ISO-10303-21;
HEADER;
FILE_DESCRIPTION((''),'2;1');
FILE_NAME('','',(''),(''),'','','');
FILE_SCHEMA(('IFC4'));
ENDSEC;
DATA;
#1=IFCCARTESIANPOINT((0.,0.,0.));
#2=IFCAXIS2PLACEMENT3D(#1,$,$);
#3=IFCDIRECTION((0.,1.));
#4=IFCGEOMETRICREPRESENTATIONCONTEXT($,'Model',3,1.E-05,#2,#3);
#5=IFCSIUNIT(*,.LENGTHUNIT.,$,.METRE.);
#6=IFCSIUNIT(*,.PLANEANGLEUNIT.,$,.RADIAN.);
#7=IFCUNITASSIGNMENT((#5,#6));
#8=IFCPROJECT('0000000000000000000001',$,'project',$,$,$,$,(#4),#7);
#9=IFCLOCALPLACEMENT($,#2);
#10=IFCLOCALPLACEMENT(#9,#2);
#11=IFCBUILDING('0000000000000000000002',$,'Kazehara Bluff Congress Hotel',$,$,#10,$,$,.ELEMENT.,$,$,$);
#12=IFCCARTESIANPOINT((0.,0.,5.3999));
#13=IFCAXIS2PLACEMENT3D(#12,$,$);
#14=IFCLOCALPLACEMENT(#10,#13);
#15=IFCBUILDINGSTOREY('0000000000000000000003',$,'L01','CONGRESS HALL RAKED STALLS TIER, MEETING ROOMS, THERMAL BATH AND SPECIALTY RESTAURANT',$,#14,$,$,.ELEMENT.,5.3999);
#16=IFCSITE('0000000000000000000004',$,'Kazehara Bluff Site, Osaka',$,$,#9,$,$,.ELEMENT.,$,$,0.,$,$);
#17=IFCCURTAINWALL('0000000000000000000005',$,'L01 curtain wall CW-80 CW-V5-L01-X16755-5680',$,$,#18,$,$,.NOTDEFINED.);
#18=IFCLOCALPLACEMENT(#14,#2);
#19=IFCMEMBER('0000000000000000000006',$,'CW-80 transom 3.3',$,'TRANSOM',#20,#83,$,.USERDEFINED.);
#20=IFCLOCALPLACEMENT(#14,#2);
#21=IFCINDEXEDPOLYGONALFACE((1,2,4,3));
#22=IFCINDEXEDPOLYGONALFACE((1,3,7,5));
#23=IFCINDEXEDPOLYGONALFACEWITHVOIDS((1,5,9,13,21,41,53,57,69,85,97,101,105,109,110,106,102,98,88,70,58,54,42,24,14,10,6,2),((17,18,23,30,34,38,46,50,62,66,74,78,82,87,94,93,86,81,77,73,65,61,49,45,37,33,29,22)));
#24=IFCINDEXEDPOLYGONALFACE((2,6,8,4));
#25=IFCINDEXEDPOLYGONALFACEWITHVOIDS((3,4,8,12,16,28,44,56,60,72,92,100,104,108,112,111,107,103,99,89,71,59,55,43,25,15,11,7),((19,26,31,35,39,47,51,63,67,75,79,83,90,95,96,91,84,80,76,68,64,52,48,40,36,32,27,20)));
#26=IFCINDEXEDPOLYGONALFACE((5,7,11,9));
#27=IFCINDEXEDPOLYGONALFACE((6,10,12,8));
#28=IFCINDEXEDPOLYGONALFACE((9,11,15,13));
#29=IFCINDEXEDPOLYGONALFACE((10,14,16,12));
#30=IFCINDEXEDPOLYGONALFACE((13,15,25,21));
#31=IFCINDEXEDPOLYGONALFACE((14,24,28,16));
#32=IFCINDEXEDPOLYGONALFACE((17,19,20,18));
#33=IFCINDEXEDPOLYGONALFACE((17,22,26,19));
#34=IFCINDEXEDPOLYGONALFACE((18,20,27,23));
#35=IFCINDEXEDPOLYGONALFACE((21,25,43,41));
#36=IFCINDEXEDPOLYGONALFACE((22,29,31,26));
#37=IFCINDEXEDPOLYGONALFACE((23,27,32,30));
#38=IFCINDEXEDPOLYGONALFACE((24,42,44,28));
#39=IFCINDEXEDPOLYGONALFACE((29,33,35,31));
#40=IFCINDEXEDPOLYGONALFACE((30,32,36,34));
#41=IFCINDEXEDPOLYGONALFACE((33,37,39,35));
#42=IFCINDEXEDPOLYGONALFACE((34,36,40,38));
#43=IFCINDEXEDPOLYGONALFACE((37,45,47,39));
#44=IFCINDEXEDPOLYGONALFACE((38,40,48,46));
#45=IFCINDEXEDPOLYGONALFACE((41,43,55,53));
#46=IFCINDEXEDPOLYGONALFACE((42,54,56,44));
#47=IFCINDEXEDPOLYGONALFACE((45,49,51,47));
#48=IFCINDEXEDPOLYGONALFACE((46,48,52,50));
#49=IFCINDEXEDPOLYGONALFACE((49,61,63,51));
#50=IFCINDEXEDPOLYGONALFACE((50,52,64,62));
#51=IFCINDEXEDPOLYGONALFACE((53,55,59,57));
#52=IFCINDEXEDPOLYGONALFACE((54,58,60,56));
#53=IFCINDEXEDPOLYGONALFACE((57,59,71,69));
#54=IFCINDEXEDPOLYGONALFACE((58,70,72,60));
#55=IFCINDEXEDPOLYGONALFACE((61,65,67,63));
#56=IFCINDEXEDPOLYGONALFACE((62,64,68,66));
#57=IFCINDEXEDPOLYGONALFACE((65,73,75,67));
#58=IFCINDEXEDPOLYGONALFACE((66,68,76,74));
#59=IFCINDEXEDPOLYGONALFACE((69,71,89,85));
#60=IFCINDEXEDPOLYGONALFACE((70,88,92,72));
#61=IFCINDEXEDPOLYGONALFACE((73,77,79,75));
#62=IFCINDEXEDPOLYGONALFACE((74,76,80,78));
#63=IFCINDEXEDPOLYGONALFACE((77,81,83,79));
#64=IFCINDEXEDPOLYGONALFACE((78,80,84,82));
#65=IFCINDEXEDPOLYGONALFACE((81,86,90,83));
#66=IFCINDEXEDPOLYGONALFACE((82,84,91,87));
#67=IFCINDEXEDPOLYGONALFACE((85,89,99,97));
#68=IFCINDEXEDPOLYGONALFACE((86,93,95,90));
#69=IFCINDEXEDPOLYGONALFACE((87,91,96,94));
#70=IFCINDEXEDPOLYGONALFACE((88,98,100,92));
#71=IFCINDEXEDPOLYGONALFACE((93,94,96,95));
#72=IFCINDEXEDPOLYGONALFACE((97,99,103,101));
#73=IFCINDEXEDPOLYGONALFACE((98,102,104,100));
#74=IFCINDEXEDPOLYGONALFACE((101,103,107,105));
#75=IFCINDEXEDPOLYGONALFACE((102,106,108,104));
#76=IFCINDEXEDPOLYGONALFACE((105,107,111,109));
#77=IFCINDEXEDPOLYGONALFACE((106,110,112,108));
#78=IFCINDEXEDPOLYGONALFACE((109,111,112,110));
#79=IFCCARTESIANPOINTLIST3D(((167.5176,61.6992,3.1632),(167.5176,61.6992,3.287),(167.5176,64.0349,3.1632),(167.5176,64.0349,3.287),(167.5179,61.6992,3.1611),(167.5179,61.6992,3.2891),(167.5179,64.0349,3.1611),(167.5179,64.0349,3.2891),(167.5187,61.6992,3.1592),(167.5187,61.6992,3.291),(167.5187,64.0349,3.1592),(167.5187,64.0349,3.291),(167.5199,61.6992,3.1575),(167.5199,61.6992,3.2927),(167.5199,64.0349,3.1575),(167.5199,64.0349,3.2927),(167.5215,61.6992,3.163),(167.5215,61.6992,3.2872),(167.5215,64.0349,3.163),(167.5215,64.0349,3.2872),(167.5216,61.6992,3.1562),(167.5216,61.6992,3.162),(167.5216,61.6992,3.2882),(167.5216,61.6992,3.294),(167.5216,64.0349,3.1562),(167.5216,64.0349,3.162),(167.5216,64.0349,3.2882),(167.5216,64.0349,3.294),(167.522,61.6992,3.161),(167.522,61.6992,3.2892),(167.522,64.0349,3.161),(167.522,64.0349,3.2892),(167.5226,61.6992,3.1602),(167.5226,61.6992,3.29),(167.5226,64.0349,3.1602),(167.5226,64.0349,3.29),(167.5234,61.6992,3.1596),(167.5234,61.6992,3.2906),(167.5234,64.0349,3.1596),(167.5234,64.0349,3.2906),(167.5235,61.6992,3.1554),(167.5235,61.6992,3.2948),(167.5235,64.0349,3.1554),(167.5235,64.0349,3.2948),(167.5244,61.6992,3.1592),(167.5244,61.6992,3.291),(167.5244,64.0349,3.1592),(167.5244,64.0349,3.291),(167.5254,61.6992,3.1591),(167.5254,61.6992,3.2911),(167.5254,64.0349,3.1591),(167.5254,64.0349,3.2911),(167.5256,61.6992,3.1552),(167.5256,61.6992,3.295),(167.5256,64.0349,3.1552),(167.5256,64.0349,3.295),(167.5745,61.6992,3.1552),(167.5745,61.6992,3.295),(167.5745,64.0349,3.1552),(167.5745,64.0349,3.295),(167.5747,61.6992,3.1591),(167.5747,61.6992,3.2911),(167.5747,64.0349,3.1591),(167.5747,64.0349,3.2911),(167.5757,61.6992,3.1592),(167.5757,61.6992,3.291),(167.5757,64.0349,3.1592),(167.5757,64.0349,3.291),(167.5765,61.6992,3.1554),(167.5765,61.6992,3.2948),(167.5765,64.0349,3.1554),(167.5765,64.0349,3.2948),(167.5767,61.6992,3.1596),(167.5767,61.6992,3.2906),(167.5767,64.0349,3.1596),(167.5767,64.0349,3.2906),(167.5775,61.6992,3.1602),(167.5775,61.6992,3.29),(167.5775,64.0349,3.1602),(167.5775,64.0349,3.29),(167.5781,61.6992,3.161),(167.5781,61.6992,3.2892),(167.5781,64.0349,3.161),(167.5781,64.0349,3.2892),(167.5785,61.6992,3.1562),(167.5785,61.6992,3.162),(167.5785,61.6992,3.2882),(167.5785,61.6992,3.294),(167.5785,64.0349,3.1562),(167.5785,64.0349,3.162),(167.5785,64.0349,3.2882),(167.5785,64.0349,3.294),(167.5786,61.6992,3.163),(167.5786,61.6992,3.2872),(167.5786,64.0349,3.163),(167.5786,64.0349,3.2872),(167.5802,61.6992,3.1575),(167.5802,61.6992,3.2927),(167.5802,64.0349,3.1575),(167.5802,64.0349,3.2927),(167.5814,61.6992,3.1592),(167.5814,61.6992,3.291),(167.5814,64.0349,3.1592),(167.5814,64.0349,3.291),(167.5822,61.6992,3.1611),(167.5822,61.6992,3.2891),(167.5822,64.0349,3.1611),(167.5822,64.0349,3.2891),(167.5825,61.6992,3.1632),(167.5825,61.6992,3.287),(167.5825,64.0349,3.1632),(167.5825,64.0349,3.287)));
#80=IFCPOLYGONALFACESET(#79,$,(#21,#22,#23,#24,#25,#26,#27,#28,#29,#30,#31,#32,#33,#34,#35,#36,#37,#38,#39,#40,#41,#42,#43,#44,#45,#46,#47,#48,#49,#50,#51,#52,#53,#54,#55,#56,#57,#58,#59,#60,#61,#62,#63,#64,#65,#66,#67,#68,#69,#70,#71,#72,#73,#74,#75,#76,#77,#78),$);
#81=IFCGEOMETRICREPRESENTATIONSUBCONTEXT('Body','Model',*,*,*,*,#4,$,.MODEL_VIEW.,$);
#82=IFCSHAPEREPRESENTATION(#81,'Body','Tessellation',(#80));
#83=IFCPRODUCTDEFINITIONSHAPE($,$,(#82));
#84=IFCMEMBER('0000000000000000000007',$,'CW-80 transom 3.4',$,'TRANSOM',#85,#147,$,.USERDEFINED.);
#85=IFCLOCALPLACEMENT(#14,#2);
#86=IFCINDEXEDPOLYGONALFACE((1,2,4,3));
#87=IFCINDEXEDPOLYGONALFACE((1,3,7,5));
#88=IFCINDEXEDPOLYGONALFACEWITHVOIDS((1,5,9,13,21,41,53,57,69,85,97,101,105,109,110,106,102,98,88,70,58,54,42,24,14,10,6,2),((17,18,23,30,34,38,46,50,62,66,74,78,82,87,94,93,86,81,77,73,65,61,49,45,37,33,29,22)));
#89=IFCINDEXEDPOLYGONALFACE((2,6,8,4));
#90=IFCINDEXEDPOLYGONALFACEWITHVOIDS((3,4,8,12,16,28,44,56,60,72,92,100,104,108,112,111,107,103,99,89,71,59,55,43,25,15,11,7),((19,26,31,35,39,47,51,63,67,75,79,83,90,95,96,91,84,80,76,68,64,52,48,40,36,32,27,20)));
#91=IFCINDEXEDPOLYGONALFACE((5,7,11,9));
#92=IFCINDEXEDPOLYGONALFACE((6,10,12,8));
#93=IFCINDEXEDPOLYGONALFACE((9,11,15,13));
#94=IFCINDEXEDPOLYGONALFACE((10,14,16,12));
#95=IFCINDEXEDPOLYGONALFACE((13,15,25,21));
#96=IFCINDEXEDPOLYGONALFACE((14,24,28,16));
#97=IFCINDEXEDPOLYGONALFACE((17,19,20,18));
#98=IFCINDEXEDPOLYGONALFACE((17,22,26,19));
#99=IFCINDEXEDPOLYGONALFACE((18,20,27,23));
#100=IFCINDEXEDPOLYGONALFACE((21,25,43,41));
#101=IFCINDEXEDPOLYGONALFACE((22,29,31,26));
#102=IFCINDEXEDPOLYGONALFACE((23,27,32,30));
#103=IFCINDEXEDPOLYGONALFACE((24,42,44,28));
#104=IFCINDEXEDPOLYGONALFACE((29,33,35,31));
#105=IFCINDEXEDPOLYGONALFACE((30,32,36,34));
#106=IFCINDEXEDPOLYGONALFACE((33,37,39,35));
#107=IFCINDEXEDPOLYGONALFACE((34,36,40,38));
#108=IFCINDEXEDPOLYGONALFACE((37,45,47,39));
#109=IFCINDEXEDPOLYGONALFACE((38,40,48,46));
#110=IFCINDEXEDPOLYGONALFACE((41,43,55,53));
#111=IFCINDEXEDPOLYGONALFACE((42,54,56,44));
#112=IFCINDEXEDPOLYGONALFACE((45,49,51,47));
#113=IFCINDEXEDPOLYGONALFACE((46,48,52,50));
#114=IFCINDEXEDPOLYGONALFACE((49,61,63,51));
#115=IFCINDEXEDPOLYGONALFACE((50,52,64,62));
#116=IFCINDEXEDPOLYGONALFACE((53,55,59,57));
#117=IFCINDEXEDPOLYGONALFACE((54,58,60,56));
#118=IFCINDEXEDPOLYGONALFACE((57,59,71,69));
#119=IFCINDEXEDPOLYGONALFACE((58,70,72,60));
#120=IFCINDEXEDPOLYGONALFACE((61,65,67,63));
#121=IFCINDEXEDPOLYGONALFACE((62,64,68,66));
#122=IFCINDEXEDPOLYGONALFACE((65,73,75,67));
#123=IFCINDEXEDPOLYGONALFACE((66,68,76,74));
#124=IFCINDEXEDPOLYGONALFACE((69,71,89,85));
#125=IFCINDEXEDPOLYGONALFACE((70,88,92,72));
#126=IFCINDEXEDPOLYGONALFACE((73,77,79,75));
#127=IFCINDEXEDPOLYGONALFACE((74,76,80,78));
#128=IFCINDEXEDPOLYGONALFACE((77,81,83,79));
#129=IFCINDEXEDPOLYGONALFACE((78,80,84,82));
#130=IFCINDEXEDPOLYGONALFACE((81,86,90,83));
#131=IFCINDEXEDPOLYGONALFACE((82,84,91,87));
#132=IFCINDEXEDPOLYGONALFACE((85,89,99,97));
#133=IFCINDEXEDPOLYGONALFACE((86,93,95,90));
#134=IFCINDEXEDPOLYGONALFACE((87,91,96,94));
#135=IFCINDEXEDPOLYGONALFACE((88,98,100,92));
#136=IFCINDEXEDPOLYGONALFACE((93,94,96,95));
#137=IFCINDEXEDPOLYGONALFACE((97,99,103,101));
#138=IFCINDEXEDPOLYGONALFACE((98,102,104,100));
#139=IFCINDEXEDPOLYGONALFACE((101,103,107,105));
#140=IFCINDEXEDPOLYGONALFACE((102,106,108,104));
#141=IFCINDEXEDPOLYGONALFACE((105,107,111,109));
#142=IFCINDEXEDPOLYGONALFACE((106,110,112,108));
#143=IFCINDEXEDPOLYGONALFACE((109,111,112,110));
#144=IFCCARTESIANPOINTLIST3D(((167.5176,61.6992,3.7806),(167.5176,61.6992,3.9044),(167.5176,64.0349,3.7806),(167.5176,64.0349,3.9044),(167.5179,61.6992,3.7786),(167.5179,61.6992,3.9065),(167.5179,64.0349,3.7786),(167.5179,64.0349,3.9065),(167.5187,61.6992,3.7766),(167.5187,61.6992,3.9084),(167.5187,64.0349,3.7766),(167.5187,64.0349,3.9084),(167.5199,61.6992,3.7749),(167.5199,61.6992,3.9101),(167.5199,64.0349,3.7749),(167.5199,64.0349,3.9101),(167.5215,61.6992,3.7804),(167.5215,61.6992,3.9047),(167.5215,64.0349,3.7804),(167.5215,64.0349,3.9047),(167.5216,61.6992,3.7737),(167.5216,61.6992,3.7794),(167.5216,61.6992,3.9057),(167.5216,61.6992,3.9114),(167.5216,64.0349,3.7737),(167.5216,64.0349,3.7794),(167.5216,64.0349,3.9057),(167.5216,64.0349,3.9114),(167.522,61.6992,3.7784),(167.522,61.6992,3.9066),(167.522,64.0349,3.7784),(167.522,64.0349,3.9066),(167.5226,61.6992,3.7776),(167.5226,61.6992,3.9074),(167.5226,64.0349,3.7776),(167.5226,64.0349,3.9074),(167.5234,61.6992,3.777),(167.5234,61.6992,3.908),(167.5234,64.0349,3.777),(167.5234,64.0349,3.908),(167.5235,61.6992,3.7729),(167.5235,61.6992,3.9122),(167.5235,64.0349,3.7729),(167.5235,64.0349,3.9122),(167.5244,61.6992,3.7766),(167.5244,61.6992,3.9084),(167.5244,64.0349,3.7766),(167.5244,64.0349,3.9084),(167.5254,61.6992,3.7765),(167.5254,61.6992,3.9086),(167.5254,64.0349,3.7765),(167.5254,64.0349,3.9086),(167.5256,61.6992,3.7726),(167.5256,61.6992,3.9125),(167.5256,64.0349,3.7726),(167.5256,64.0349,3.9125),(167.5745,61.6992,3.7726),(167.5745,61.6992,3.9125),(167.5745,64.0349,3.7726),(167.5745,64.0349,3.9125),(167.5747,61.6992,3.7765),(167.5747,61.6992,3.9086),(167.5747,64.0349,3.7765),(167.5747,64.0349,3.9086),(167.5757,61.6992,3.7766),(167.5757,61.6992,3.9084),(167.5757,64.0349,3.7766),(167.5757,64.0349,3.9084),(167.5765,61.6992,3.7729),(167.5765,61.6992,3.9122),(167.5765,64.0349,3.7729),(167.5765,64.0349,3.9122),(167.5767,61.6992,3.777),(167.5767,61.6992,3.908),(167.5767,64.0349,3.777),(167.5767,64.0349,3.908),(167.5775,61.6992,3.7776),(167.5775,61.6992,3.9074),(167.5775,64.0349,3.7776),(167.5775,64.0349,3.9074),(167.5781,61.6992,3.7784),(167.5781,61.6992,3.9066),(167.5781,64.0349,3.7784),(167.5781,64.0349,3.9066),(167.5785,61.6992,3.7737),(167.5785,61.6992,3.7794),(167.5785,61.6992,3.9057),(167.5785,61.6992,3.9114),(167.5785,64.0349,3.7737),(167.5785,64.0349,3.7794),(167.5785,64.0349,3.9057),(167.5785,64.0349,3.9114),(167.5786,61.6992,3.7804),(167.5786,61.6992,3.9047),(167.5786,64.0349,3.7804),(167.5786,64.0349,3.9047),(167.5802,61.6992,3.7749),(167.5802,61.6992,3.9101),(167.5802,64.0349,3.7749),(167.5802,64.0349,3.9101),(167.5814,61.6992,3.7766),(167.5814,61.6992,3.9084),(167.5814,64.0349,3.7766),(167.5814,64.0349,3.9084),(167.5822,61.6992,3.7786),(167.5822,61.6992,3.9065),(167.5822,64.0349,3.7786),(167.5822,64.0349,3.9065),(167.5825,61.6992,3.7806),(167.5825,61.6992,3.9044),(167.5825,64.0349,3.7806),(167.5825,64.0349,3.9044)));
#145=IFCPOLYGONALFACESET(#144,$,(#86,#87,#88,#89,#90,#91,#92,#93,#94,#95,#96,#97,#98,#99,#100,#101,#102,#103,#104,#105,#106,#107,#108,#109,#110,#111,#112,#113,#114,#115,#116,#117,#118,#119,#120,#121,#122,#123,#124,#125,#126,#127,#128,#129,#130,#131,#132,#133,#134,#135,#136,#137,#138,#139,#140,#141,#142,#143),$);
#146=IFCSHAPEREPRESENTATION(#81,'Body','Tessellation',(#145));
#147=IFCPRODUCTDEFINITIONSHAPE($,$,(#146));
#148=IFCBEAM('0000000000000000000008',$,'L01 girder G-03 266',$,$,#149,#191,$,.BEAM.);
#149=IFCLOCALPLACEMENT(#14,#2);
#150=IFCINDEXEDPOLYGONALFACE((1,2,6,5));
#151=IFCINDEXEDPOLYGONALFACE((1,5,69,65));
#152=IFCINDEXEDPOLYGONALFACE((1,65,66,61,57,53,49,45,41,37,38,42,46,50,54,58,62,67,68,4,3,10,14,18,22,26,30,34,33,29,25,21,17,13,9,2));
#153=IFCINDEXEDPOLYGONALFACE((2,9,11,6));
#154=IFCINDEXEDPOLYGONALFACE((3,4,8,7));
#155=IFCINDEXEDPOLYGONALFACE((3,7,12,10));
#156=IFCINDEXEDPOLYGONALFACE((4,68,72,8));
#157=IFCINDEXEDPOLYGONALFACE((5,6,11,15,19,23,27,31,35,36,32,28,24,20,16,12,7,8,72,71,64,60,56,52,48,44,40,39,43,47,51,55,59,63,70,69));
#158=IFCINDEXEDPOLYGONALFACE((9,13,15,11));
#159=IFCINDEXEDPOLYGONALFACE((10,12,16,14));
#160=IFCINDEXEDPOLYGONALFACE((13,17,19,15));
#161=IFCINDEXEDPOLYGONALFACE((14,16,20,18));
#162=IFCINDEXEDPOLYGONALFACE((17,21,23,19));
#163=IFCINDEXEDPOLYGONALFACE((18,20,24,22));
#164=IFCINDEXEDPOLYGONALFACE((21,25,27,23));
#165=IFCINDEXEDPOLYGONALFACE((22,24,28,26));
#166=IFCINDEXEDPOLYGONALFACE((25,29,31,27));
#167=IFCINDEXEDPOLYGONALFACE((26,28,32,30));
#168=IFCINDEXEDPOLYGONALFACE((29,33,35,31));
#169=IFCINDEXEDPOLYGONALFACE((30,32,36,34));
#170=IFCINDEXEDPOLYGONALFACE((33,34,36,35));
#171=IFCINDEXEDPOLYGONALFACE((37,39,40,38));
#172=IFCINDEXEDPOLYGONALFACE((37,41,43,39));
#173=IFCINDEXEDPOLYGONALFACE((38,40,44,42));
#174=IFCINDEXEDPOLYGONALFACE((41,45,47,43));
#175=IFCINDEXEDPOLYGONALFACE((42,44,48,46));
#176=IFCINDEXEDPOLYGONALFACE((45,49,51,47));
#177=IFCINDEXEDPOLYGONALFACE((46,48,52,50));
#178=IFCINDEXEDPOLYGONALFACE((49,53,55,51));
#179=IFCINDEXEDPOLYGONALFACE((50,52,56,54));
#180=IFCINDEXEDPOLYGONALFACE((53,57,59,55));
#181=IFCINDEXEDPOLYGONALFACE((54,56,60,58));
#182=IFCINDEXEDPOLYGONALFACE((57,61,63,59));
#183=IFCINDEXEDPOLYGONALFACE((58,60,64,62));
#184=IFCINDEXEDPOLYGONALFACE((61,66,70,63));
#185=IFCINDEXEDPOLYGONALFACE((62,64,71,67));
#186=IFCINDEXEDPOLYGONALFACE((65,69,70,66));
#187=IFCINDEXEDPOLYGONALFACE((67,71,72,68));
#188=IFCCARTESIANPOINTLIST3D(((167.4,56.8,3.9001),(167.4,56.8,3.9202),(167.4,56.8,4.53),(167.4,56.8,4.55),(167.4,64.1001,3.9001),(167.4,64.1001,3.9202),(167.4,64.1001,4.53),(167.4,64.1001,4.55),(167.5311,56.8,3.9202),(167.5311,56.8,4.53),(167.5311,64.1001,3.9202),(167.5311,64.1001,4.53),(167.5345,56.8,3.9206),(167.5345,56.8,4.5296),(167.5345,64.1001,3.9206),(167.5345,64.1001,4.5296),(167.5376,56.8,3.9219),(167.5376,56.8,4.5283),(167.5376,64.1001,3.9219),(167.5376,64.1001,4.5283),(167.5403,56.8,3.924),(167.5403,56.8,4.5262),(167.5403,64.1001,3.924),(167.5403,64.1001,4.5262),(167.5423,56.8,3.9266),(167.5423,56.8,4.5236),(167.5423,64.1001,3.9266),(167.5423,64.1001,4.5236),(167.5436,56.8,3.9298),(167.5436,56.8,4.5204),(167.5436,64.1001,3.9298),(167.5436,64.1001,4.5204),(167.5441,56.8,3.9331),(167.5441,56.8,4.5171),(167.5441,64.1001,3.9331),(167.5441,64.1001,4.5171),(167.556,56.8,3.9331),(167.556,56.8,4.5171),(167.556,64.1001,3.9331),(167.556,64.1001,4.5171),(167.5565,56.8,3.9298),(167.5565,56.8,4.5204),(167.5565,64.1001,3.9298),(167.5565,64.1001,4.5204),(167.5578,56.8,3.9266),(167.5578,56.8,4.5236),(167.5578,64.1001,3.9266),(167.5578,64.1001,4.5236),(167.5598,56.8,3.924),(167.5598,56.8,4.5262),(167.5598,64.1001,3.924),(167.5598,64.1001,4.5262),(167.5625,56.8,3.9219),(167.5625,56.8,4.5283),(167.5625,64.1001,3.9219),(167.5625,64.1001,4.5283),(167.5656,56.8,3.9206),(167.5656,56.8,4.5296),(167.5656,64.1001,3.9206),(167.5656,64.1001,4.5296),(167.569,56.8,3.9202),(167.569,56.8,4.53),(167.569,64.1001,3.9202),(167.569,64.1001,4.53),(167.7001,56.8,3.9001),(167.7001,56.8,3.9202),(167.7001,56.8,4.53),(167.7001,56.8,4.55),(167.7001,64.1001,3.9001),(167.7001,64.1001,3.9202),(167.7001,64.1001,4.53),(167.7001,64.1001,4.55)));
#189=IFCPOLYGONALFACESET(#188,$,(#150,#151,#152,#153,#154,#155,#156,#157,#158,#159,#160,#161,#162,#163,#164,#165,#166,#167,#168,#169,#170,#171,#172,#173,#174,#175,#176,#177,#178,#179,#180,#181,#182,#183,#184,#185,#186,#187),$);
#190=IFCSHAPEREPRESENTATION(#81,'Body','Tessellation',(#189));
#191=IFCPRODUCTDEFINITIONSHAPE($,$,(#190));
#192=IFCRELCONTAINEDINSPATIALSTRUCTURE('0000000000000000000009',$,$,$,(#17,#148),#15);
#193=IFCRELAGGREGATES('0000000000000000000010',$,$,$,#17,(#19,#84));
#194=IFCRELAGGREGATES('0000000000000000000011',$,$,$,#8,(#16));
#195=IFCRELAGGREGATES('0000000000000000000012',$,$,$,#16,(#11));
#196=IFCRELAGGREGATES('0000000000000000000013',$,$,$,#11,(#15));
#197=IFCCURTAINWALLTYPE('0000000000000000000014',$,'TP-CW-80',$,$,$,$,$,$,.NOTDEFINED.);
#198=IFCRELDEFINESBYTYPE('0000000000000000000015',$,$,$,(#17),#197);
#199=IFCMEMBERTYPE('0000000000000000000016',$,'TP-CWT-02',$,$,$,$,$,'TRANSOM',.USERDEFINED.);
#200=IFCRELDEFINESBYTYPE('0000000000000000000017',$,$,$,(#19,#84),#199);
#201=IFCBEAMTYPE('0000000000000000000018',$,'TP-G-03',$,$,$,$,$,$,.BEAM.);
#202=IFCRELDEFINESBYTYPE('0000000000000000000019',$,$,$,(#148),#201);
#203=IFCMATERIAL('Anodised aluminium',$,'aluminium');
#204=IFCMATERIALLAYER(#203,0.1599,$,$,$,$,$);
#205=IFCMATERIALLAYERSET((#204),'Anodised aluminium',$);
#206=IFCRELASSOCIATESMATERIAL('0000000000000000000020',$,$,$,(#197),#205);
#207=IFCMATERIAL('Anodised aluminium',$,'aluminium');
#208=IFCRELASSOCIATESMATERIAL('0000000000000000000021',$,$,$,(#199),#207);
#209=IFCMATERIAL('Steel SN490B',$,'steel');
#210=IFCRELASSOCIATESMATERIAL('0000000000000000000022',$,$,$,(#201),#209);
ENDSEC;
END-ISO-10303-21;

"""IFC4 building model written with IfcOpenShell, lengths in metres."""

from ifc_helpers import new_model, si_unit, direction, frame, origin, origin_2d, place, context, subcontext, project, spatial, hollow_rectangle, i_section, extrude, material, layer, layer_set, material_profile, profile_set, type_object, element, aggregate, save


model = new_model("IFC4")

# Units and contexts
model_context = context("Model", 3, precision=1e-05, world=origin(), true_north=direction((0.0, 1.0)))
body_context = subcontext(model_context, "Body", "Model", "MODEL_VIEW")
ifc_project = project(units=[si_unit("LENGTHUNIT", "METRE"), si_unit("PLANEANGLEUNIT", "RADIAN")], contexts=[model_context])

# Site, building, storey
site_placement = place(None, origin())
site = spatial("IfcSite", under=ifc_project, at=site_placement, Name="Kazehara Bluff Site, Osaka", CompositionType="ELEMENT", RefElevation=0.0)
building_placement = place(site_placement, origin())
building = spatial("IfcBuilding", under=site, at=building_placement, Name="Kazehara Bluff Congress Hotel", CompositionType="ELEMENT")
storey_placement = place(building_placement, frame((0.0, 0.0, 5.3999)))
storey = spatial("IfcBuildingStorey", under=building, at=storey_placement, Name="L01", Description="CONGRESS HALL RAKED STALLS TIER, MEETING ROOMS, THERMAL BATH AND SPECIALTY RESTAURANT", CompositionType="ELEMENT", Elevation=5.3999)

# Shared definitions
ifc_material_1 = material(Name="Anodised aluminium", Category="aluminium")
ifc_layer_1 = layer(ifc_material_1, 0.1599)
ifc_layer_set_1 = layer_set([ifc_layer_1], Name="Anodised aluminium")
curtain_wall_type = type_object("IfcCurtainWallType", Name="TP-CW-80", PredefinedType="NOTDEFINED", material=ifc_layer_set_1)

# Curtain wall
curtain_wall_1_placement = place(storey_placement, origin())
curtain_wall_1 = element("IfcCurtainWall", 1, at=curtain_wall_1_placement, inside=storey, type_object=curtain_wall_type, Name="L01 curtain wall CW-80 CW-V5-L01-X16755-5680", PredefinedType="NOTDEFINED")

# Members
ifc_material_2 = material(Name="Anodised aluminium", Category="aluminium")
ifc_material_profile_1 = material_profile(ifc_material_2, hollow_rectangle(XDim=0.0649, YDim=0.1399, WallThickness=0.0039, InnerFilletRadius=0.0039, OuterFilletRadius=0.0081, at=origin_2d()))
ifc_profile_set_1 = profile_set([ifc_material_profile_1], Name="Anodised aluminium")
member_type_1 = type_object("IfcMemberType", Name="TP-CWT-02", ElementType="TRANSOM", PredefinedType="USERDEFINED", material=ifc_profile_set_1)
member_1_placement = place(storey_placement, frame((167.55, 61.6992, 3.2251), z_axis=(0.0, 1.0, 0.0), x_axis=(-1.0, 0.0, 0.0)))
member_1 = element("IfcMember", 2, at=member_1_placement, type_object=member_type_1, Name="CW-80 transom 3.3", ObjectType="TRANSOM", PredefinedType="USERDEFINED", context=body_context, shape_type="SweptSolid", body=[
    extrude(hollow_rectangle(XDim=0.0649, YDim=0.1399, WallThickness=0.0039, InnerFilletRadius=0.0039, OuterFilletRadius=0.0081, at=origin_2d()), origin(), (0.0, 0.0, 1.0), 2.3357),
])
member_2_placement = place(storey_placement, frame((167.55, 61.6992, 3.8425), z_axis=(0.0, 1.0, 0.0), x_axis=(-1.0, 0.0, 0.0)))
member_2 = element("IfcMember", 3, at=member_2_placement, type_object=member_type_1, Name="CW-80 transom 3.4", ObjectType="TRANSOM", PredefinedType="USERDEFINED", context=body_context, shape_type="SweptSolid", body=[
    extrude(hollow_rectangle(XDim=0.0649, YDim=0.1399, WallThickness=0.0039, InnerFilletRadius=0.0039, OuterFilletRadius=0.0081, at=origin_2d()), origin(), (0.0, 0.0, 1.0), 2.3357),
])

# Beam
ifc_material_3 = material(Name="Steel SN490B", Category="steel")
ifc_material_profile_2 = material_profile(ifc_material_3, i_section(OverallWidth=0.3, OverallDepth=0.6499, WebThickness=0.012, FlangeThickness=0.02, FilletRadius=0.0129, at=origin_2d()))
ifc_profile_set_2 = profile_set([ifc_material_profile_2], Name="Steel SN490B")
beam_type = type_object("IfcBeamType", Name="TP-G-03", PredefinedType="BEAM", material=ifc_profile_set_2)
beam_placement = place(storey_placement, frame((167.55, 56.8, 4.2251), z_axis=(0.0, 1.0, 0.0), x_axis=(-1.0, 0.0, 0.0)))
element("IfcBeam", 4, at=beam_placement, inside=storey, type_object=beam_type, Name="L01 girder G-03 266", PredefinedType="BEAM", context=body_context, shape_type="SweptSolid", body=[
    extrude(i_section(OverallWidth=0.3, OverallDepth=0.6499, WebThickness=0.012, FlangeThickness=0.02, FilletRadius=0.0129, at=origin_2d()), origin(), (0.0, 0.0, 1.0), 7.3),
])

aggregate(curtain_wall_1, [member_1, member_2])

save(model, "model.ifc")
